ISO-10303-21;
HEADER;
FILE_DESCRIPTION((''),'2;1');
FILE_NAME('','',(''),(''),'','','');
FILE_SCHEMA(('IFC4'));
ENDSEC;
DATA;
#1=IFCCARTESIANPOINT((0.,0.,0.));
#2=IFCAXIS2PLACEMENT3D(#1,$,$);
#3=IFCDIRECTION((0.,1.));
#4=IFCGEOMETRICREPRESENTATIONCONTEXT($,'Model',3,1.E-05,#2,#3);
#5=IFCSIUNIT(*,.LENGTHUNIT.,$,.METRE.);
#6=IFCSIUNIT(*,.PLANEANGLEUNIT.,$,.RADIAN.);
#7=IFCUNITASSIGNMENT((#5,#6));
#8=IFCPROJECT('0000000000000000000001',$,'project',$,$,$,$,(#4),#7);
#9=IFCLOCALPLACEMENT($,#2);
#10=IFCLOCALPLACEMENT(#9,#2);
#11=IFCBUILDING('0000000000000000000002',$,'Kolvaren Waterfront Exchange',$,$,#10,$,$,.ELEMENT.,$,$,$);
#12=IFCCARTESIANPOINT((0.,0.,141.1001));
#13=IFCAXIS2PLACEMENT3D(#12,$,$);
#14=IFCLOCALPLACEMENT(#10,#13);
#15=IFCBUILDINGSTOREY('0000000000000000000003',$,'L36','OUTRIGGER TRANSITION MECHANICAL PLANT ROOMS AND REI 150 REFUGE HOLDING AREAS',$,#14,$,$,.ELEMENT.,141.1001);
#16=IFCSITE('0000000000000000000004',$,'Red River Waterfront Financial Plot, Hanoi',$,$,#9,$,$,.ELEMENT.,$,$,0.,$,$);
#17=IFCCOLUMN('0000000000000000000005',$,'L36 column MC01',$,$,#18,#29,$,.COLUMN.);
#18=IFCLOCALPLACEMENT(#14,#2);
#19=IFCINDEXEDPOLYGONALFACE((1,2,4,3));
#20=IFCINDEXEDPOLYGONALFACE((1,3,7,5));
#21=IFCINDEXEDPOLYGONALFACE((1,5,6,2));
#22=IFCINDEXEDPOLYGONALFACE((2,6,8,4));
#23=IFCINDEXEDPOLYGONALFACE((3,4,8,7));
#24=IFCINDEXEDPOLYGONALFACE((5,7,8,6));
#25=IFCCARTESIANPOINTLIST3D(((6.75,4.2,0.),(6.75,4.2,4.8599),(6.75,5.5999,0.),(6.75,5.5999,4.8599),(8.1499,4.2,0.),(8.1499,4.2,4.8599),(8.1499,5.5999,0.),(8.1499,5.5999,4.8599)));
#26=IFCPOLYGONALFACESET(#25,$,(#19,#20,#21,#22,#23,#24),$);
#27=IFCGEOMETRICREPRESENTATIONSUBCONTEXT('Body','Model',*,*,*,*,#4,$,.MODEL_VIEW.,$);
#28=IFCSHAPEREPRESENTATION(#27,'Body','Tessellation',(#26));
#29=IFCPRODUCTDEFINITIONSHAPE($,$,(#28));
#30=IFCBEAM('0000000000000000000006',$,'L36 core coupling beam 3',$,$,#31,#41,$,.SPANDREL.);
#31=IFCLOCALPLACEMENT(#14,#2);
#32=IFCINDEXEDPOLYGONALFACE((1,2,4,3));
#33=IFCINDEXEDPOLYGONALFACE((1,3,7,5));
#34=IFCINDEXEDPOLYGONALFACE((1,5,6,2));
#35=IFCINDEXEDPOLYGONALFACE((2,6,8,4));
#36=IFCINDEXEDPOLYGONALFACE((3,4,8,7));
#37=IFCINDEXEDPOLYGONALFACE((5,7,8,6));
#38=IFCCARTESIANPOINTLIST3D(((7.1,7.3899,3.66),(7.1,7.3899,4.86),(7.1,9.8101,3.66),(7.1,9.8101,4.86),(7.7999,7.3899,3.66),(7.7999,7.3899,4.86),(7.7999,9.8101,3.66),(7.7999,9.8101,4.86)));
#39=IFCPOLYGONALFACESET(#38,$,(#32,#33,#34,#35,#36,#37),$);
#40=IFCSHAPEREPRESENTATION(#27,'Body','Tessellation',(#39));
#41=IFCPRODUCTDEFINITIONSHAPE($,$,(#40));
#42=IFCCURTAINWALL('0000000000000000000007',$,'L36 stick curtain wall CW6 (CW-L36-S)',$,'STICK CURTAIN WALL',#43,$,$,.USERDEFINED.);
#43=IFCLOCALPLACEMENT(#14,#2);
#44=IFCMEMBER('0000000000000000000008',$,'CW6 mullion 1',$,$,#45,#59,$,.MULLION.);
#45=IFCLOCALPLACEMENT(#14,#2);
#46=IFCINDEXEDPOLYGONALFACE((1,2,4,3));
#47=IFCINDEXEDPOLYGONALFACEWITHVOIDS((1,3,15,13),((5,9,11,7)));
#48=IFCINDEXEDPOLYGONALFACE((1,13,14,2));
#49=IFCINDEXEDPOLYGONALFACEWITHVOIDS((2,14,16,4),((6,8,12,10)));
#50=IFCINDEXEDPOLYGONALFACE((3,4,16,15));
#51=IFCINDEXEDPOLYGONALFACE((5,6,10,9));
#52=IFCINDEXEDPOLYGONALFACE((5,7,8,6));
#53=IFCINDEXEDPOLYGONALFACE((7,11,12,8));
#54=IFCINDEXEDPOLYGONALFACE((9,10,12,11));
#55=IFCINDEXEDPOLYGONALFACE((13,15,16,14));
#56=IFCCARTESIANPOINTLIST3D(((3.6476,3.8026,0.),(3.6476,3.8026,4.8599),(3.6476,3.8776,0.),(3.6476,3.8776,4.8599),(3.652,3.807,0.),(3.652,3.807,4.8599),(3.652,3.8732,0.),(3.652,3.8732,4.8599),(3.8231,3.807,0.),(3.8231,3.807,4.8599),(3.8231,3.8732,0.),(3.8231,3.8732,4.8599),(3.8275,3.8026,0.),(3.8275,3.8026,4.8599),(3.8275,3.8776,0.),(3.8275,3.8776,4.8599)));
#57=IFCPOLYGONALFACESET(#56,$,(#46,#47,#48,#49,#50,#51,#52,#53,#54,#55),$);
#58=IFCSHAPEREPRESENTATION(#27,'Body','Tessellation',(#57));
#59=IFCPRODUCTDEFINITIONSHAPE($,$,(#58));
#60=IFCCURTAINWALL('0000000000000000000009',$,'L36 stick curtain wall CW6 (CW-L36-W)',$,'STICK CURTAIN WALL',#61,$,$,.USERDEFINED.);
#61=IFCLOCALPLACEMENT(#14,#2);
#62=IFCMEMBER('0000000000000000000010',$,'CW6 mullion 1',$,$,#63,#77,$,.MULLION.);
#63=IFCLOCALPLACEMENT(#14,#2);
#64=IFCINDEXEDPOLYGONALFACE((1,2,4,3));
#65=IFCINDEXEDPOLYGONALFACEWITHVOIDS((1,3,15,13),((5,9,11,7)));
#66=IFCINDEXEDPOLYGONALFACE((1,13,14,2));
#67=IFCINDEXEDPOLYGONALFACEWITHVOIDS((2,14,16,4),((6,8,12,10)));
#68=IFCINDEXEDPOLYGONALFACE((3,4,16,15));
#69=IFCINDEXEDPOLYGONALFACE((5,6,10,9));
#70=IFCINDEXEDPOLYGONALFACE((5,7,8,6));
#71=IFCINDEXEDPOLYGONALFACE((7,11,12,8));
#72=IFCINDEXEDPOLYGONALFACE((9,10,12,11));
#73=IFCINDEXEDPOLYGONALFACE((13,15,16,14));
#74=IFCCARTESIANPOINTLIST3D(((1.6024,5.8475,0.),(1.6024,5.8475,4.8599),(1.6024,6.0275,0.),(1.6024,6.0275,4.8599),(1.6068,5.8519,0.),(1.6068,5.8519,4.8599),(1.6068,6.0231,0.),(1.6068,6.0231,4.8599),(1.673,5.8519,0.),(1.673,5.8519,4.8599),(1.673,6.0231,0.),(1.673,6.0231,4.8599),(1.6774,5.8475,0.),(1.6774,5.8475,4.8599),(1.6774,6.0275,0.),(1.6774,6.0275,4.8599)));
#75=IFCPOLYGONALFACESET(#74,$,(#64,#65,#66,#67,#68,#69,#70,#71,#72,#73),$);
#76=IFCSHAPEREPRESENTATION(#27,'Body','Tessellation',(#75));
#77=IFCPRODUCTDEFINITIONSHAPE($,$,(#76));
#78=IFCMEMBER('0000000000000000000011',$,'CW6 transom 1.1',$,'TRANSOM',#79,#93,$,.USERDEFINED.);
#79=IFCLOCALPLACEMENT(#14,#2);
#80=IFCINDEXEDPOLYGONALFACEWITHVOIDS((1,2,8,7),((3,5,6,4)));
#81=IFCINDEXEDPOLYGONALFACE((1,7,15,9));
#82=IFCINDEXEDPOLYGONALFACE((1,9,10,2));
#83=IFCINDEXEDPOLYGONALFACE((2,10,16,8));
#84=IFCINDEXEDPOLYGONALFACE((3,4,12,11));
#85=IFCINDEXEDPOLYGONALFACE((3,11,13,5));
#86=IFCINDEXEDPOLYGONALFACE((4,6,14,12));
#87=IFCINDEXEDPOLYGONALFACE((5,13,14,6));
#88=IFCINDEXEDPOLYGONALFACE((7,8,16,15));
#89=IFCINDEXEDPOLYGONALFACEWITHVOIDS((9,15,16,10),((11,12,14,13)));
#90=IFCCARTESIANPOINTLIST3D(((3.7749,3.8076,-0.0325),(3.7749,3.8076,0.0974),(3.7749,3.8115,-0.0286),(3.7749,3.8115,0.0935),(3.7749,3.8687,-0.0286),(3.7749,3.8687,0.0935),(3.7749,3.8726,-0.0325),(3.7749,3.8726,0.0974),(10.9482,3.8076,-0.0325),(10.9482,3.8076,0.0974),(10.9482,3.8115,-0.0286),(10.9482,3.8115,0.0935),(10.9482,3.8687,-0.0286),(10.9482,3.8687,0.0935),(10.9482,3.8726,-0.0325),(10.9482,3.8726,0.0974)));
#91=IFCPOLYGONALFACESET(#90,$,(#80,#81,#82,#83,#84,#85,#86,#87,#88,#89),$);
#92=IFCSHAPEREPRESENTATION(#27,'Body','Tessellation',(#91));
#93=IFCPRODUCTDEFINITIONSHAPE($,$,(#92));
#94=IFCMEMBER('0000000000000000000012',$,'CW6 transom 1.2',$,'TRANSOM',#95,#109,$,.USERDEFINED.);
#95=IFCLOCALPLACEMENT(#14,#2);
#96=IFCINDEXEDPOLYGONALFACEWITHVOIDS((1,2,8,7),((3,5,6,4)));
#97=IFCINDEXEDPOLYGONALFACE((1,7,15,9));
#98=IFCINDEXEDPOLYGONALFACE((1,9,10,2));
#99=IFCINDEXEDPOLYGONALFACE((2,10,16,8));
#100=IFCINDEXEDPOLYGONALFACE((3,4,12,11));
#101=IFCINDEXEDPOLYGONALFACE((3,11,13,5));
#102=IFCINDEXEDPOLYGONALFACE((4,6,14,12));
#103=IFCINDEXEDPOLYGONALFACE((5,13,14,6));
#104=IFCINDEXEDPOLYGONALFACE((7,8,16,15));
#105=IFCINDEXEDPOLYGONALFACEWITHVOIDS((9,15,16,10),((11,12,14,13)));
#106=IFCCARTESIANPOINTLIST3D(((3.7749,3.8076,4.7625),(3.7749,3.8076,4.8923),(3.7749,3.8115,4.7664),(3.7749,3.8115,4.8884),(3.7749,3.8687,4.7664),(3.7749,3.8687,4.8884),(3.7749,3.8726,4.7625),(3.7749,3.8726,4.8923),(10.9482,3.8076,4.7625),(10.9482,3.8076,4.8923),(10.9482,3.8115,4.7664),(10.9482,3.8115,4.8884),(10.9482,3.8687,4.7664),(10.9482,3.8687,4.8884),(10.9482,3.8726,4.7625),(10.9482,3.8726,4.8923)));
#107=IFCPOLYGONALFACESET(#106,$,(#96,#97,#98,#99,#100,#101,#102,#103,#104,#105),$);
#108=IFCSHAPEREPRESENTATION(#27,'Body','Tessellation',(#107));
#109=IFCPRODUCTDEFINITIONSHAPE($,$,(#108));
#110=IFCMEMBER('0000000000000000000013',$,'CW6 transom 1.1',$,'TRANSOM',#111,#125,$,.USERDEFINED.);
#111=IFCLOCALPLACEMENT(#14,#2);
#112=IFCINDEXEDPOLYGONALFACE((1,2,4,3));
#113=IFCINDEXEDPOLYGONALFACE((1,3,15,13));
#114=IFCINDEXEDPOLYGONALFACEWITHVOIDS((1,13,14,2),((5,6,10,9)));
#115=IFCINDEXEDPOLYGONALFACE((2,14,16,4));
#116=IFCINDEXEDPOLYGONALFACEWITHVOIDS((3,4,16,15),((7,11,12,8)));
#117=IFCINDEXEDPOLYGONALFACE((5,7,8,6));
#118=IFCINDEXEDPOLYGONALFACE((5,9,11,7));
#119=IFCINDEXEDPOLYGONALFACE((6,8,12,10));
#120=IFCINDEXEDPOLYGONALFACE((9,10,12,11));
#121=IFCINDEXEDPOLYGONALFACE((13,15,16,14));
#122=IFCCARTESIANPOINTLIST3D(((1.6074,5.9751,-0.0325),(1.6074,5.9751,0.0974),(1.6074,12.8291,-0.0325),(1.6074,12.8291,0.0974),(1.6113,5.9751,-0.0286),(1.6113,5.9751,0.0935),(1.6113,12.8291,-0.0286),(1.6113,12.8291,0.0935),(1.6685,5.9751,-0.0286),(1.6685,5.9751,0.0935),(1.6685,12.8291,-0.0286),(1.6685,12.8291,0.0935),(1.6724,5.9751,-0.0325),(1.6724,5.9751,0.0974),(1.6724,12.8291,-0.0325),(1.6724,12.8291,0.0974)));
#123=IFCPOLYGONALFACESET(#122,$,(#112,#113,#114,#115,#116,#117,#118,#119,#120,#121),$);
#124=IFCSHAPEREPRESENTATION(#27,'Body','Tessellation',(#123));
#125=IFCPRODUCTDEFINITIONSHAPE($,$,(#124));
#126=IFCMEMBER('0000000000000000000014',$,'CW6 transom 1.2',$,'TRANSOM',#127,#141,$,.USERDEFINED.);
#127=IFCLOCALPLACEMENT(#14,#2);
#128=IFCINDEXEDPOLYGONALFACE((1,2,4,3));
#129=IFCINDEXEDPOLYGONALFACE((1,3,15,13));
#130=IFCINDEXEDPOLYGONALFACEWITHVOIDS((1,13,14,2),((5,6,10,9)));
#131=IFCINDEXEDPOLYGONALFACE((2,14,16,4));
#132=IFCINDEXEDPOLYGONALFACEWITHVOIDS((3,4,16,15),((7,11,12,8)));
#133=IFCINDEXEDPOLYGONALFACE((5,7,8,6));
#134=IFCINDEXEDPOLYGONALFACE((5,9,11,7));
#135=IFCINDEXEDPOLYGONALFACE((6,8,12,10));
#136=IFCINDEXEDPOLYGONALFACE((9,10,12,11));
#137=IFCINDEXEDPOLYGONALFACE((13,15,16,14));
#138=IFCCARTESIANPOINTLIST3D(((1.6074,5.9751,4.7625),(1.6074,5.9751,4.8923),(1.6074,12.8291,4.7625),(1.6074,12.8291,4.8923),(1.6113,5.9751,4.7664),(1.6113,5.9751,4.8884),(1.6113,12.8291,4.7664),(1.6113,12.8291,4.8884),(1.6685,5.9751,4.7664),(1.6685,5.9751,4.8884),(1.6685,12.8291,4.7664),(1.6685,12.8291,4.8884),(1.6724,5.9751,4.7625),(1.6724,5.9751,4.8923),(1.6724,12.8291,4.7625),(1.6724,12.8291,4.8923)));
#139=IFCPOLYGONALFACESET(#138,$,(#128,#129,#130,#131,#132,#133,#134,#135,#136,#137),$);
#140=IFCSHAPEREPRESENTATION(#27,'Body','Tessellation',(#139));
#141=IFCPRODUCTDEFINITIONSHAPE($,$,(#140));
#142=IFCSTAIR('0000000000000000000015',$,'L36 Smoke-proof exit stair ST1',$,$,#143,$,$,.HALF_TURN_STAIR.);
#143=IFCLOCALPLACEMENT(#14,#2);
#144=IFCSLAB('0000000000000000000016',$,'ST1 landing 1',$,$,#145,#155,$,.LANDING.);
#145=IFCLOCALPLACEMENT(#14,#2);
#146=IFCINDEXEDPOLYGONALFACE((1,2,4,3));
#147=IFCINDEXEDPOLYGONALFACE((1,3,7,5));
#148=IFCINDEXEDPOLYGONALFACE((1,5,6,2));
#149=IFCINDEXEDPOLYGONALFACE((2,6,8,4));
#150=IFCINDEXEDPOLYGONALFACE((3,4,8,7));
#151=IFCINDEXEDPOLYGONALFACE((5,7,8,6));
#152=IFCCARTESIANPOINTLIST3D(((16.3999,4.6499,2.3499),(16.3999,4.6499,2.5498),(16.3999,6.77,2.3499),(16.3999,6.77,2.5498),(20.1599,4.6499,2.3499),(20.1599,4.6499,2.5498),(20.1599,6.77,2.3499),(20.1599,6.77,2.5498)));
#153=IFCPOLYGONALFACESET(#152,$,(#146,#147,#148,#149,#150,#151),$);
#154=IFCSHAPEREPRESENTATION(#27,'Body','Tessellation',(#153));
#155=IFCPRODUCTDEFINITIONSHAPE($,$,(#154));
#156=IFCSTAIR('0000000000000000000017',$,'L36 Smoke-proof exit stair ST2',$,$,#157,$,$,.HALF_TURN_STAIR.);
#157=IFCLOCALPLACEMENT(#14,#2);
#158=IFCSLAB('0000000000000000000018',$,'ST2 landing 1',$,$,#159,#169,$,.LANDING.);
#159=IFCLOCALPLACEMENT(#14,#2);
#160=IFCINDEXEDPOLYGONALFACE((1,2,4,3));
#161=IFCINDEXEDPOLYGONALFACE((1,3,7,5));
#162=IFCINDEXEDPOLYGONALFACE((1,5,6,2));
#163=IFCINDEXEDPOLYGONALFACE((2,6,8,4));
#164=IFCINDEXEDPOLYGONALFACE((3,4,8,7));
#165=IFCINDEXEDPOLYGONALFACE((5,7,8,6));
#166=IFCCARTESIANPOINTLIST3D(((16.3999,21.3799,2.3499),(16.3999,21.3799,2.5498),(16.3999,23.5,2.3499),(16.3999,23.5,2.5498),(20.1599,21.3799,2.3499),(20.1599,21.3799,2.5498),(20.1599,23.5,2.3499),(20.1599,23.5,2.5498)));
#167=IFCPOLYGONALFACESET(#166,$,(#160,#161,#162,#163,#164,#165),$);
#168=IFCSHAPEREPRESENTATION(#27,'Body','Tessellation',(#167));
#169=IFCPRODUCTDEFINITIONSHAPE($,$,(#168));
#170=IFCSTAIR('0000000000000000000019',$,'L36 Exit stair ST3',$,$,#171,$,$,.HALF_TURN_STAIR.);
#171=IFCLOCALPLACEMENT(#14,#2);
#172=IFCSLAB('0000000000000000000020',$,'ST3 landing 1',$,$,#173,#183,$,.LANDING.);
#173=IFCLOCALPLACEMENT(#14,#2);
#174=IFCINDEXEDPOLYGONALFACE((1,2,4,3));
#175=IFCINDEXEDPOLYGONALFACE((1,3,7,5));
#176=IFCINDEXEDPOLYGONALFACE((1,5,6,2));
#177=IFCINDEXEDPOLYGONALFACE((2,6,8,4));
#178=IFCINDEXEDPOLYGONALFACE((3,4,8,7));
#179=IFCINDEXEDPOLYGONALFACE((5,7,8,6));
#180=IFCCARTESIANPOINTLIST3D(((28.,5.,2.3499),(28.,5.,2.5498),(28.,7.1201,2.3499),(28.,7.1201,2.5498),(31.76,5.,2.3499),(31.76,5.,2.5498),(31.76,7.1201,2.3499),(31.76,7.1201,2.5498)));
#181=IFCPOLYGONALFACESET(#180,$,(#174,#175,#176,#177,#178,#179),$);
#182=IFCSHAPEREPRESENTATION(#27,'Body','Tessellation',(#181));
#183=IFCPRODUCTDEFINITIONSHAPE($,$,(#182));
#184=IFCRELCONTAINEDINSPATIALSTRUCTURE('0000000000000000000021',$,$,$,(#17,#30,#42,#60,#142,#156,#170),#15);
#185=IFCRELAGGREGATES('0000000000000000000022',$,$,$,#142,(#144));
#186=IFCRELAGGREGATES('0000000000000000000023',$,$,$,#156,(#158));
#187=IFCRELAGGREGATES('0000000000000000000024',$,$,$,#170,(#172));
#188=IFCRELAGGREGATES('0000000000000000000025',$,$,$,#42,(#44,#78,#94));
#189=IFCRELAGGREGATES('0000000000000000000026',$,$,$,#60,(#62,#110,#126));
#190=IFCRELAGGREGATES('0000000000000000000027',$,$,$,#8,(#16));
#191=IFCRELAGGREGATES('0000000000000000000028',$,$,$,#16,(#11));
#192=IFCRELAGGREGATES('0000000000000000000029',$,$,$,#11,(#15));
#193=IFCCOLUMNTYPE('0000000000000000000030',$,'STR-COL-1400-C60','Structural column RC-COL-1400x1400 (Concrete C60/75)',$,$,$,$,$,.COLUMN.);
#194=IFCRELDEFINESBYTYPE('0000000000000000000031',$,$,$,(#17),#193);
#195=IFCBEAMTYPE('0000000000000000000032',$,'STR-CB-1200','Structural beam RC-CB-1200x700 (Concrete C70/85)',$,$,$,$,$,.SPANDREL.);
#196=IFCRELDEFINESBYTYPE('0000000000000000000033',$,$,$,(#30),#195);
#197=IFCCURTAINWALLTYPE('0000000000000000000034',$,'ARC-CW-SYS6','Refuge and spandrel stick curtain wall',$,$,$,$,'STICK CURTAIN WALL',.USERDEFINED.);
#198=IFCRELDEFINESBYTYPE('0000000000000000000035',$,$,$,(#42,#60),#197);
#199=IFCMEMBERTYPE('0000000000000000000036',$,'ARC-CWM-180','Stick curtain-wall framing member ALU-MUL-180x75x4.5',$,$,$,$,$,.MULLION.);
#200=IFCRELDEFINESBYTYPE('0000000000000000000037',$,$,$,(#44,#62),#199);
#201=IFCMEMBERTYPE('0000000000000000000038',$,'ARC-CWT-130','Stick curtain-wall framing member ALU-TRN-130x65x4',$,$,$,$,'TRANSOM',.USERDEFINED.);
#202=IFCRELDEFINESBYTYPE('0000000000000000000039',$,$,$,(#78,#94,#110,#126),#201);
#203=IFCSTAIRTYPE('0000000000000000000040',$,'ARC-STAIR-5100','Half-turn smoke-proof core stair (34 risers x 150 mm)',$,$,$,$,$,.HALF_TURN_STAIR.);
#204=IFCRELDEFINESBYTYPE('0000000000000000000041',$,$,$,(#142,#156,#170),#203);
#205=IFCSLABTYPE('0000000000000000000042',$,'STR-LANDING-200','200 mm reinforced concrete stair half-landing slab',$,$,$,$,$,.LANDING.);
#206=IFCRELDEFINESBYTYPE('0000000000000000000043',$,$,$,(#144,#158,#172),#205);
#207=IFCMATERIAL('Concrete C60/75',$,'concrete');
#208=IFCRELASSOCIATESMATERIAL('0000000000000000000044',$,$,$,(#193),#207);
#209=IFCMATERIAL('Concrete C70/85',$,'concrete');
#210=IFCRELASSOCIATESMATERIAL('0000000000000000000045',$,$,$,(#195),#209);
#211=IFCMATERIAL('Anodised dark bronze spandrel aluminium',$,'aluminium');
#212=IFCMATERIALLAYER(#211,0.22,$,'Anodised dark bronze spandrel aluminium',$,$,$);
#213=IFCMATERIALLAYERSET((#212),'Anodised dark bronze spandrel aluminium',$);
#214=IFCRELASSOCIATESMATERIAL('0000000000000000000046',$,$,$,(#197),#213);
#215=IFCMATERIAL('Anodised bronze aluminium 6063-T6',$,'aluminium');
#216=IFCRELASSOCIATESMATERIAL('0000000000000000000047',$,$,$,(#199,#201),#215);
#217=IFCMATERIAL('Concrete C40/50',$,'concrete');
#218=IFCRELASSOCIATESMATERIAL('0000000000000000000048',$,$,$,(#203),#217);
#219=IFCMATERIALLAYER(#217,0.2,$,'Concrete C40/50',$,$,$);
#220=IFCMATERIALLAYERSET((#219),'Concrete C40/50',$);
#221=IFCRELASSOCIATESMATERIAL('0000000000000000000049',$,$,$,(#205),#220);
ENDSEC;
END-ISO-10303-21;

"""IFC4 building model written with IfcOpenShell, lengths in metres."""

from ifc_helpers import new_model, si_unit, direction, frame, origin, origin_with_axes, origin_2d, place, context, subcontext, project, spatial, polyline, rectangle, hollow_rectangle, outline, extrude, source, transform, mapped, material, layer, layer_set, material_profile, profile_set, type_object, element, aggregate, save


model = new_model("IFC4")

# Units and contexts
model_context = context("Model", 3, precision=1e-05, world=origin(), true_north=direction((0.0, 1.0)))
body_context = subcontext(model_context, "Body", "Model", "MODEL_VIEW")
ifc_project = project(units=[si_unit("LENGTHUNIT", "METRE"), si_unit("PLANEANGLEUNIT", "RADIAN")], contexts=[model_context])

# Site, building, storey
site_placement = place(None, origin())
site = spatial("IfcSite", under=ifc_project, at=site_placement, Name="Red River Waterfront Financial Plot, Hanoi", CompositionType="ELEMENT", RefElevation=0.0)
building_placement = place(site_placement, origin())
building = spatial("IfcBuilding", under=site, at=building_placement, Name="Kolvaren Waterfront Exchange", CompositionType="ELEMENT")
storey_placement = place(building_placement, frame((0.0, 0.0, 141.1001)))
storey = spatial("IfcBuildingStorey", under=building, at=storey_placement, Name="L36", Description="OUTRIGGER TRANSITION MECHANICAL PLANT ROOMS AND REI 150 REFUGE HOLDING AREAS", CompositionType="ELEMENT", Elevation=141.1001)

# Column
ifc_material_1 = material(Name="Concrete C60/75", Category="concrete")
ifc_material_profile_1 = material_profile(ifc_material_1, rectangle(XDim=1.3999, YDim=1.3999, at=origin_2d()), Name="RC-COL-1400x1400")
ifc_profile_set_1 = profile_set([ifc_material_profile_1], Name="Concrete C60/75")
column_type = type_object("IfcColumnType", Name="STR-COL-1400-C60", Description="Structural column RC-COL-1400x1400 (Concrete C60/75)", PredefinedType="COLUMN", material=ifc_profile_set_1)
column_placement = place(storey_placement, frame((7.45, 4.8999, 0.0), z_axis=(0.0, 0.0, 1.0), x_axis=(1.0, 0.0, 0.0)))
element("IfcColumn", 1, at=column_placement, inside=storey, type_object=column_type, Name="L36 column MC01", PredefinedType="COLUMN", context=body_context, shape_type="SweptSolid", body=[
    extrude(rectangle(XDim=1.3999, YDim=1.3999, at=origin_2d()), origin(), (0.0, 0.0, 1.0), 4.8599),
])

# Beam
ifc_material_2 = material(Name="Concrete C70/85", Category="concrete")
ifc_material_profile_2 = material_profile(ifc_material_2, rectangle(XDim=0.7, YDim=1.2, at=origin_2d()), Name="RC-CB-1200x700")
ifc_profile_set_2 = profile_set([ifc_material_profile_2], Name="Concrete C70/85")
beam_type = type_object("IfcBeamType", Name="STR-CB-1200", Description="Structural beam RC-CB-1200x700 (Concrete C70/85)", PredefinedType="SPANDREL", material=ifc_profile_set_2)
beam_placement = place(storey_placement, frame((7.45, 7.3899, 4.26), z_axis=(0.0, 1.0, 0.0), x_axis=(-1.0, 0.0, 0.0)))
element("IfcBeam", 2, at=beam_placement, inside=storey, type_object=beam_type, Name="L36 core coupling beam 3", PredefinedType="SPANDREL", context=body_context, shape_type="SweptSolid", body=[
    extrude(rectangle(XDim=0.7, YDim=1.2, at=origin_2d()), origin(), (0.0, 0.0, 1.0), 2.4202),
])

# Curtain walls, members
ifc_material_3 = material(Name="Anodised dark bronze spandrel aluminium", Category="aluminium")
ifc_layer_1 = layer(ifc_material_3, 0.22, Name="Anodised dark bronze spandrel aluminium")
ifc_layer_set_1 = layer_set([ifc_layer_1], Name="Anodised dark bronze spandrel aluminium")
curtain_wall_type = type_object("IfcCurtainWallType", Name="ARC-CW-SYS6", Description="Refuge and spandrel stick curtain wall", ElementType="STICK CURTAIN WALL", PredefinedType="USERDEFINED", material=ifc_layer_set_1)
curtain_wall_1_placement = place(storey_placement, origin())
curtain_wall_1 = element("IfcCurtainWall", 3, at=curtain_wall_1_placement, inside=storey, type_object=curtain_wall_type, Name="L36 stick curtain wall CW6 (CW-L36-S)", ObjectType="STICK CURTAIN WALL", PredefinedType="USERDEFINED")
ifc_material_4 = material(Name="Anodised bronze aluminium 6063-T6", Category="aluminium")
ifc_material_profile_3 = material_profile(ifc_material_4, hollow_rectangle(XDim=0.075, YDim=0.1799, WallThickness=0.0044, at=origin_2d()), Name="ALU-MUL-180x75x4.5")
ifc_profile_set_3 = profile_set([ifc_material_profile_3], Name="Anodised bronze aluminium 6063-T6")
member_type_1 = type_object("IfcMemberType", Name="ARC-CWM-180", Description="Stick curtain-wall framing member ALU-MUL-180x75x4.5", PredefinedType="MULLION", material=ifc_profile_set_3)
shared_shape_1 = source(origin_with_axes(), body_context, "Body", "SweptSolid", [
    extrude(hollow_rectangle(XDim=0.075, YDim=0.1799, WallThickness=0.0044, at=origin_2d()), origin(), (0.0, 0.0, 1.0), 4.8599),
])
member_1_placement = place(storey_placement, frame((3.7375, 3.8401, 0.0), z_axis=(0.0, 0.0, 1.0), x_axis=(0.0, 1.0, 0.0)))
member_1 = element("IfcMember", 4, at=member_1_placement, type_object=member_type_1, Name="CW6 mullion 1", PredefinedType="MULLION", context=body_context, shape_type="MappedRepresentation", body=[
    mapped(shared_shape_1, transform((0.0, 0.0, 0.0), x_axis=(1.0, 0.0, 0.0), y_axis=(0.0, 1.0, 0.0), z_axis=(0.0, 0.0, 1.0), scale=1.0)),
])
curtain_wall_2_placement = place(storey_placement, origin())
curtain_wall_2 = element("IfcCurtainWall", 5, at=curtain_wall_2_placement, inside=storey, type_object=curtain_wall_type, Name="L36 stick curtain wall CW6 (CW-L36-W)", ObjectType="STICK CURTAIN WALL", PredefinedType="USERDEFINED")
member_2_placement = place(storey_placement, frame((1.6399, 5.9375, 0.0), z_axis=(0.0, 0.0, 1.0), x_axis=(-1.0, 0.0, 0.0)))
member_2 = element("IfcMember", 6, at=member_2_placement, type_object=member_type_1, Name="CW6 mullion 1", PredefinedType="MULLION", context=body_context, shape_type="MappedRepresentation", body=[
    mapped(shared_shape_1, transform((0.0, 0.0, 0.0), x_axis=(1.0, 0.0, 0.0), y_axis=(0.0, 1.0, 0.0), z_axis=(0.0, 0.0, 1.0), scale=1.0)),
])

# Members
ifc_material_profile_4 = material_profile(ifc_material_4, hollow_rectangle(XDim=0.0649, YDim=0.1299, WallThickness=0.0039, at=origin_2d()), Name="ALU-TRN-130x65x4")
ifc_profile_set_4 = profile_set([ifc_material_profile_4], Name="Anodised bronze aluminium 6063-T6")
member_type_2 = type_object("IfcMemberType", Name="ARC-CWT-130", Description="Stick curtain-wall framing member ALU-TRN-130x65x4", ElementType="TRANSOM", PredefinedType="USERDEFINED", material=ifc_profile_set_4)
shared_shape_2 = source(origin_with_axes(), body_context, "Body", "SweptSolid", [
    extrude(hollow_rectangle(XDim=0.0649, YDim=0.1299, WallThickness=0.0039, at=origin_2d()), origin(), (0.0, 0.0, 1.0), 7.1733),
])
member_3_placement = place(storey_placement, frame((3.7749, 3.8401, 0.0325), z_axis=(1.0, 0.0, 0.0), x_axis=(0.0, 1.0, 0.0)))
member_3 = element("IfcMember", 7, at=member_3_placement, type_object=member_type_2, Name="CW6 transom 1.1", ObjectType="TRANSOM", PredefinedType="USERDEFINED", context=body_context, shape_type="MappedRepresentation", body=[
    mapped(shared_shape_2, transform((0.0, 0.0, 0.0), x_axis=(1.0, 0.0, 0.0), y_axis=(0.0, 1.0, 0.0), z_axis=(0.0, 0.0, 1.0), scale=1.0)),
])
member_4_placement = place(storey_placement, frame((3.7749, 3.8401, 4.8274), z_axis=(1.0, 0.0, 0.0), x_axis=(0.0, 1.0, 0.0)))
member_4 = element("IfcMember", 8, at=member_4_placement, type_object=member_type_2, Name="CW6 transom 1.2", ObjectType="TRANSOM", PredefinedType="USERDEFINED", context=body_context, shape_type="MappedRepresentation", body=[
    mapped(shared_shape_2, transform((0.0, 0.0, 0.0), x_axis=(1.0, 0.0, 0.0), y_axis=(0.0, 1.0, 0.0), z_axis=(0.0, 0.0, 1.0), scale=1.0)),
])
shared_shape_3 = source(origin_with_axes(), body_context, "Body", "SweptSolid", [
    extrude(hollow_rectangle(XDim=0.0649, YDim=0.1299, WallThickness=0.0039, at=origin_2d()), origin(), (0.0, 0.0, 1.0), 6.854),
])
member_5_placement = place(storey_placement, frame((1.6399, 5.9751, 0.0325), z_axis=(0.0, 1.0, 0.0), x_axis=(-1.0, 0.0, 0.0)))
member_5 = element("IfcMember", 9, at=member_5_placement, type_object=member_type_2, Name="CW6 transom 1.1", ObjectType="TRANSOM", PredefinedType="USERDEFINED", context=body_context, shape_type="MappedRepresentation", body=[
    mapped(shared_shape_3, transform((0.0, 0.0, 0.0), x_axis=(1.0, 0.0, 0.0), y_axis=(0.0, 1.0, 0.0), z_axis=(0.0, 0.0, 1.0), scale=1.0)),
])
member_6_placement = place(storey_placement, frame((1.6399, 5.9751, 4.8274), z_axis=(0.0, 1.0, 0.0), x_axis=(-1.0, 0.0, 0.0)))
member_6 = element("IfcMember", 10, at=member_6_placement, type_object=member_type_2, Name="CW6 transom 1.2", ObjectType="TRANSOM", PredefinedType="USERDEFINED", context=body_context, shape_type="MappedRepresentation", body=[
    mapped(shared_shape_3, transform((0.0, 0.0, 0.0), x_axis=(1.0, 0.0, 0.0), y_axis=(0.0, 1.0, 0.0), z_axis=(0.0, 0.0, 1.0), scale=1.0)),
])

# Stairs, slabs
ifc_material_5 = material(Name="Concrete C40/50", Category="concrete")
stair_type = type_object("IfcStairType", Name="ARC-STAIR-5100", Description="Half-turn smoke-proof core stair (34 risers x 150 mm)", PredefinedType="HALF_TURN_STAIR", material=ifc_material_5)
stair_1_placement = place(storey_placement, origin())
stair_1 = element("IfcStair", 11, at=stair_1_placement, inside=storey, type_object=stair_type, Name="L36 Smoke-proof exit stair ST1", PredefinedType="HALF_TURN_STAIR")
ifc_layer_2 = layer(ifc_material_5, 0.2, Name="Concrete C40/50")
ifc_layer_set_2 = layer_set([ifc_layer_2], Name="Concrete C40/50")
slab_type_1 = type_object("IfcSlabType", Name="STR-LANDING-200", Description="200 mm reinforced concrete stair half-landing slab", PredefinedType="LANDING", material=ifc_layer_set_2)
slab_1_placement = place(storey_placement, frame((0.0, 0.0, 2.3499)))
slab_1 = element("IfcSlab", 12, at=slab_1_placement, type_object=slab_type_1, Name="ST1 landing 1", PredefinedType="LANDING", context=body_context, shape_type="SweptSolid", body=[
    extrude(outline(polyline([(16.3999, 6.77), (16.3999, 4.6499), (20.1599, 4.6499), (20.1599, 6.77), (16.3999, 6.77)])), origin(), (0.0, 0.0, 1.0), 0.2),
])
aggregate(stair_1, [slab_1])
stair_2_placement = place(storey_placement, origin())
stair_2 = element("IfcStair", 13, at=stair_2_placement, inside=storey, type_object=stair_type, Name="L36 Smoke-proof exit stair ST2", PredefinedType="HALF_TURN_STAIR")
slab_2_placement = place(storey_placement, frame((0.0, 0.0, 2.3499)))
slab_2 = element("IfcSlab", 14, at=slab_2_placement, type_object=slab_type_1, Name="ST2 landing 1", PredefinedType="LANDING", context=body_context, shape_type="SweptSolid", body=[
    extrude(outline(polyline([(20.1599, 21.3799), (20.1599, 23.5), (16.3999, 23.5), (16.3999, 21.3799), (20.1599, 21.3799)])), origin(), (0.0, 0.0, 1.0), 0.2),
])
aggregate(stair_2, [slab_2])
stair_3_placement = place(storey_placement, origin())
stair_3 = element("IfcStair", 15, at=stair_3_placement, inside=storey, type_object=stair_type, Name="L36 Exit stair ST3", PredefinedType="HALF_TURN_STAIR")
slab_3_placement = place(storey_placement, frame((0.0, 0.0, 2.3499)))
slab_3 = element("IfcSlab", 16, at=slab_3_placement, type_object=slab_type_1, Name="ST3 landing 1", PredefinedType="LANDING", context=body_context, shape_type="SweptSolid", body=[
    extrude(outline(polyline([(28.0, 7.1201), (28.0, 5.0), (31.76, 5.0), (31.76, 7.1201), (28.0, 7.1201)])), origin(), (0.0, 0.0, 1.0), 0.2),
])
aggregate(stair_3, [slab_3])

aggregate(curtain_wall_1, [member_1, member_3, member_4])
aggregate(curtain_wall_2, [member_2, member_5, member_6])

save(model, "model.ifc")
